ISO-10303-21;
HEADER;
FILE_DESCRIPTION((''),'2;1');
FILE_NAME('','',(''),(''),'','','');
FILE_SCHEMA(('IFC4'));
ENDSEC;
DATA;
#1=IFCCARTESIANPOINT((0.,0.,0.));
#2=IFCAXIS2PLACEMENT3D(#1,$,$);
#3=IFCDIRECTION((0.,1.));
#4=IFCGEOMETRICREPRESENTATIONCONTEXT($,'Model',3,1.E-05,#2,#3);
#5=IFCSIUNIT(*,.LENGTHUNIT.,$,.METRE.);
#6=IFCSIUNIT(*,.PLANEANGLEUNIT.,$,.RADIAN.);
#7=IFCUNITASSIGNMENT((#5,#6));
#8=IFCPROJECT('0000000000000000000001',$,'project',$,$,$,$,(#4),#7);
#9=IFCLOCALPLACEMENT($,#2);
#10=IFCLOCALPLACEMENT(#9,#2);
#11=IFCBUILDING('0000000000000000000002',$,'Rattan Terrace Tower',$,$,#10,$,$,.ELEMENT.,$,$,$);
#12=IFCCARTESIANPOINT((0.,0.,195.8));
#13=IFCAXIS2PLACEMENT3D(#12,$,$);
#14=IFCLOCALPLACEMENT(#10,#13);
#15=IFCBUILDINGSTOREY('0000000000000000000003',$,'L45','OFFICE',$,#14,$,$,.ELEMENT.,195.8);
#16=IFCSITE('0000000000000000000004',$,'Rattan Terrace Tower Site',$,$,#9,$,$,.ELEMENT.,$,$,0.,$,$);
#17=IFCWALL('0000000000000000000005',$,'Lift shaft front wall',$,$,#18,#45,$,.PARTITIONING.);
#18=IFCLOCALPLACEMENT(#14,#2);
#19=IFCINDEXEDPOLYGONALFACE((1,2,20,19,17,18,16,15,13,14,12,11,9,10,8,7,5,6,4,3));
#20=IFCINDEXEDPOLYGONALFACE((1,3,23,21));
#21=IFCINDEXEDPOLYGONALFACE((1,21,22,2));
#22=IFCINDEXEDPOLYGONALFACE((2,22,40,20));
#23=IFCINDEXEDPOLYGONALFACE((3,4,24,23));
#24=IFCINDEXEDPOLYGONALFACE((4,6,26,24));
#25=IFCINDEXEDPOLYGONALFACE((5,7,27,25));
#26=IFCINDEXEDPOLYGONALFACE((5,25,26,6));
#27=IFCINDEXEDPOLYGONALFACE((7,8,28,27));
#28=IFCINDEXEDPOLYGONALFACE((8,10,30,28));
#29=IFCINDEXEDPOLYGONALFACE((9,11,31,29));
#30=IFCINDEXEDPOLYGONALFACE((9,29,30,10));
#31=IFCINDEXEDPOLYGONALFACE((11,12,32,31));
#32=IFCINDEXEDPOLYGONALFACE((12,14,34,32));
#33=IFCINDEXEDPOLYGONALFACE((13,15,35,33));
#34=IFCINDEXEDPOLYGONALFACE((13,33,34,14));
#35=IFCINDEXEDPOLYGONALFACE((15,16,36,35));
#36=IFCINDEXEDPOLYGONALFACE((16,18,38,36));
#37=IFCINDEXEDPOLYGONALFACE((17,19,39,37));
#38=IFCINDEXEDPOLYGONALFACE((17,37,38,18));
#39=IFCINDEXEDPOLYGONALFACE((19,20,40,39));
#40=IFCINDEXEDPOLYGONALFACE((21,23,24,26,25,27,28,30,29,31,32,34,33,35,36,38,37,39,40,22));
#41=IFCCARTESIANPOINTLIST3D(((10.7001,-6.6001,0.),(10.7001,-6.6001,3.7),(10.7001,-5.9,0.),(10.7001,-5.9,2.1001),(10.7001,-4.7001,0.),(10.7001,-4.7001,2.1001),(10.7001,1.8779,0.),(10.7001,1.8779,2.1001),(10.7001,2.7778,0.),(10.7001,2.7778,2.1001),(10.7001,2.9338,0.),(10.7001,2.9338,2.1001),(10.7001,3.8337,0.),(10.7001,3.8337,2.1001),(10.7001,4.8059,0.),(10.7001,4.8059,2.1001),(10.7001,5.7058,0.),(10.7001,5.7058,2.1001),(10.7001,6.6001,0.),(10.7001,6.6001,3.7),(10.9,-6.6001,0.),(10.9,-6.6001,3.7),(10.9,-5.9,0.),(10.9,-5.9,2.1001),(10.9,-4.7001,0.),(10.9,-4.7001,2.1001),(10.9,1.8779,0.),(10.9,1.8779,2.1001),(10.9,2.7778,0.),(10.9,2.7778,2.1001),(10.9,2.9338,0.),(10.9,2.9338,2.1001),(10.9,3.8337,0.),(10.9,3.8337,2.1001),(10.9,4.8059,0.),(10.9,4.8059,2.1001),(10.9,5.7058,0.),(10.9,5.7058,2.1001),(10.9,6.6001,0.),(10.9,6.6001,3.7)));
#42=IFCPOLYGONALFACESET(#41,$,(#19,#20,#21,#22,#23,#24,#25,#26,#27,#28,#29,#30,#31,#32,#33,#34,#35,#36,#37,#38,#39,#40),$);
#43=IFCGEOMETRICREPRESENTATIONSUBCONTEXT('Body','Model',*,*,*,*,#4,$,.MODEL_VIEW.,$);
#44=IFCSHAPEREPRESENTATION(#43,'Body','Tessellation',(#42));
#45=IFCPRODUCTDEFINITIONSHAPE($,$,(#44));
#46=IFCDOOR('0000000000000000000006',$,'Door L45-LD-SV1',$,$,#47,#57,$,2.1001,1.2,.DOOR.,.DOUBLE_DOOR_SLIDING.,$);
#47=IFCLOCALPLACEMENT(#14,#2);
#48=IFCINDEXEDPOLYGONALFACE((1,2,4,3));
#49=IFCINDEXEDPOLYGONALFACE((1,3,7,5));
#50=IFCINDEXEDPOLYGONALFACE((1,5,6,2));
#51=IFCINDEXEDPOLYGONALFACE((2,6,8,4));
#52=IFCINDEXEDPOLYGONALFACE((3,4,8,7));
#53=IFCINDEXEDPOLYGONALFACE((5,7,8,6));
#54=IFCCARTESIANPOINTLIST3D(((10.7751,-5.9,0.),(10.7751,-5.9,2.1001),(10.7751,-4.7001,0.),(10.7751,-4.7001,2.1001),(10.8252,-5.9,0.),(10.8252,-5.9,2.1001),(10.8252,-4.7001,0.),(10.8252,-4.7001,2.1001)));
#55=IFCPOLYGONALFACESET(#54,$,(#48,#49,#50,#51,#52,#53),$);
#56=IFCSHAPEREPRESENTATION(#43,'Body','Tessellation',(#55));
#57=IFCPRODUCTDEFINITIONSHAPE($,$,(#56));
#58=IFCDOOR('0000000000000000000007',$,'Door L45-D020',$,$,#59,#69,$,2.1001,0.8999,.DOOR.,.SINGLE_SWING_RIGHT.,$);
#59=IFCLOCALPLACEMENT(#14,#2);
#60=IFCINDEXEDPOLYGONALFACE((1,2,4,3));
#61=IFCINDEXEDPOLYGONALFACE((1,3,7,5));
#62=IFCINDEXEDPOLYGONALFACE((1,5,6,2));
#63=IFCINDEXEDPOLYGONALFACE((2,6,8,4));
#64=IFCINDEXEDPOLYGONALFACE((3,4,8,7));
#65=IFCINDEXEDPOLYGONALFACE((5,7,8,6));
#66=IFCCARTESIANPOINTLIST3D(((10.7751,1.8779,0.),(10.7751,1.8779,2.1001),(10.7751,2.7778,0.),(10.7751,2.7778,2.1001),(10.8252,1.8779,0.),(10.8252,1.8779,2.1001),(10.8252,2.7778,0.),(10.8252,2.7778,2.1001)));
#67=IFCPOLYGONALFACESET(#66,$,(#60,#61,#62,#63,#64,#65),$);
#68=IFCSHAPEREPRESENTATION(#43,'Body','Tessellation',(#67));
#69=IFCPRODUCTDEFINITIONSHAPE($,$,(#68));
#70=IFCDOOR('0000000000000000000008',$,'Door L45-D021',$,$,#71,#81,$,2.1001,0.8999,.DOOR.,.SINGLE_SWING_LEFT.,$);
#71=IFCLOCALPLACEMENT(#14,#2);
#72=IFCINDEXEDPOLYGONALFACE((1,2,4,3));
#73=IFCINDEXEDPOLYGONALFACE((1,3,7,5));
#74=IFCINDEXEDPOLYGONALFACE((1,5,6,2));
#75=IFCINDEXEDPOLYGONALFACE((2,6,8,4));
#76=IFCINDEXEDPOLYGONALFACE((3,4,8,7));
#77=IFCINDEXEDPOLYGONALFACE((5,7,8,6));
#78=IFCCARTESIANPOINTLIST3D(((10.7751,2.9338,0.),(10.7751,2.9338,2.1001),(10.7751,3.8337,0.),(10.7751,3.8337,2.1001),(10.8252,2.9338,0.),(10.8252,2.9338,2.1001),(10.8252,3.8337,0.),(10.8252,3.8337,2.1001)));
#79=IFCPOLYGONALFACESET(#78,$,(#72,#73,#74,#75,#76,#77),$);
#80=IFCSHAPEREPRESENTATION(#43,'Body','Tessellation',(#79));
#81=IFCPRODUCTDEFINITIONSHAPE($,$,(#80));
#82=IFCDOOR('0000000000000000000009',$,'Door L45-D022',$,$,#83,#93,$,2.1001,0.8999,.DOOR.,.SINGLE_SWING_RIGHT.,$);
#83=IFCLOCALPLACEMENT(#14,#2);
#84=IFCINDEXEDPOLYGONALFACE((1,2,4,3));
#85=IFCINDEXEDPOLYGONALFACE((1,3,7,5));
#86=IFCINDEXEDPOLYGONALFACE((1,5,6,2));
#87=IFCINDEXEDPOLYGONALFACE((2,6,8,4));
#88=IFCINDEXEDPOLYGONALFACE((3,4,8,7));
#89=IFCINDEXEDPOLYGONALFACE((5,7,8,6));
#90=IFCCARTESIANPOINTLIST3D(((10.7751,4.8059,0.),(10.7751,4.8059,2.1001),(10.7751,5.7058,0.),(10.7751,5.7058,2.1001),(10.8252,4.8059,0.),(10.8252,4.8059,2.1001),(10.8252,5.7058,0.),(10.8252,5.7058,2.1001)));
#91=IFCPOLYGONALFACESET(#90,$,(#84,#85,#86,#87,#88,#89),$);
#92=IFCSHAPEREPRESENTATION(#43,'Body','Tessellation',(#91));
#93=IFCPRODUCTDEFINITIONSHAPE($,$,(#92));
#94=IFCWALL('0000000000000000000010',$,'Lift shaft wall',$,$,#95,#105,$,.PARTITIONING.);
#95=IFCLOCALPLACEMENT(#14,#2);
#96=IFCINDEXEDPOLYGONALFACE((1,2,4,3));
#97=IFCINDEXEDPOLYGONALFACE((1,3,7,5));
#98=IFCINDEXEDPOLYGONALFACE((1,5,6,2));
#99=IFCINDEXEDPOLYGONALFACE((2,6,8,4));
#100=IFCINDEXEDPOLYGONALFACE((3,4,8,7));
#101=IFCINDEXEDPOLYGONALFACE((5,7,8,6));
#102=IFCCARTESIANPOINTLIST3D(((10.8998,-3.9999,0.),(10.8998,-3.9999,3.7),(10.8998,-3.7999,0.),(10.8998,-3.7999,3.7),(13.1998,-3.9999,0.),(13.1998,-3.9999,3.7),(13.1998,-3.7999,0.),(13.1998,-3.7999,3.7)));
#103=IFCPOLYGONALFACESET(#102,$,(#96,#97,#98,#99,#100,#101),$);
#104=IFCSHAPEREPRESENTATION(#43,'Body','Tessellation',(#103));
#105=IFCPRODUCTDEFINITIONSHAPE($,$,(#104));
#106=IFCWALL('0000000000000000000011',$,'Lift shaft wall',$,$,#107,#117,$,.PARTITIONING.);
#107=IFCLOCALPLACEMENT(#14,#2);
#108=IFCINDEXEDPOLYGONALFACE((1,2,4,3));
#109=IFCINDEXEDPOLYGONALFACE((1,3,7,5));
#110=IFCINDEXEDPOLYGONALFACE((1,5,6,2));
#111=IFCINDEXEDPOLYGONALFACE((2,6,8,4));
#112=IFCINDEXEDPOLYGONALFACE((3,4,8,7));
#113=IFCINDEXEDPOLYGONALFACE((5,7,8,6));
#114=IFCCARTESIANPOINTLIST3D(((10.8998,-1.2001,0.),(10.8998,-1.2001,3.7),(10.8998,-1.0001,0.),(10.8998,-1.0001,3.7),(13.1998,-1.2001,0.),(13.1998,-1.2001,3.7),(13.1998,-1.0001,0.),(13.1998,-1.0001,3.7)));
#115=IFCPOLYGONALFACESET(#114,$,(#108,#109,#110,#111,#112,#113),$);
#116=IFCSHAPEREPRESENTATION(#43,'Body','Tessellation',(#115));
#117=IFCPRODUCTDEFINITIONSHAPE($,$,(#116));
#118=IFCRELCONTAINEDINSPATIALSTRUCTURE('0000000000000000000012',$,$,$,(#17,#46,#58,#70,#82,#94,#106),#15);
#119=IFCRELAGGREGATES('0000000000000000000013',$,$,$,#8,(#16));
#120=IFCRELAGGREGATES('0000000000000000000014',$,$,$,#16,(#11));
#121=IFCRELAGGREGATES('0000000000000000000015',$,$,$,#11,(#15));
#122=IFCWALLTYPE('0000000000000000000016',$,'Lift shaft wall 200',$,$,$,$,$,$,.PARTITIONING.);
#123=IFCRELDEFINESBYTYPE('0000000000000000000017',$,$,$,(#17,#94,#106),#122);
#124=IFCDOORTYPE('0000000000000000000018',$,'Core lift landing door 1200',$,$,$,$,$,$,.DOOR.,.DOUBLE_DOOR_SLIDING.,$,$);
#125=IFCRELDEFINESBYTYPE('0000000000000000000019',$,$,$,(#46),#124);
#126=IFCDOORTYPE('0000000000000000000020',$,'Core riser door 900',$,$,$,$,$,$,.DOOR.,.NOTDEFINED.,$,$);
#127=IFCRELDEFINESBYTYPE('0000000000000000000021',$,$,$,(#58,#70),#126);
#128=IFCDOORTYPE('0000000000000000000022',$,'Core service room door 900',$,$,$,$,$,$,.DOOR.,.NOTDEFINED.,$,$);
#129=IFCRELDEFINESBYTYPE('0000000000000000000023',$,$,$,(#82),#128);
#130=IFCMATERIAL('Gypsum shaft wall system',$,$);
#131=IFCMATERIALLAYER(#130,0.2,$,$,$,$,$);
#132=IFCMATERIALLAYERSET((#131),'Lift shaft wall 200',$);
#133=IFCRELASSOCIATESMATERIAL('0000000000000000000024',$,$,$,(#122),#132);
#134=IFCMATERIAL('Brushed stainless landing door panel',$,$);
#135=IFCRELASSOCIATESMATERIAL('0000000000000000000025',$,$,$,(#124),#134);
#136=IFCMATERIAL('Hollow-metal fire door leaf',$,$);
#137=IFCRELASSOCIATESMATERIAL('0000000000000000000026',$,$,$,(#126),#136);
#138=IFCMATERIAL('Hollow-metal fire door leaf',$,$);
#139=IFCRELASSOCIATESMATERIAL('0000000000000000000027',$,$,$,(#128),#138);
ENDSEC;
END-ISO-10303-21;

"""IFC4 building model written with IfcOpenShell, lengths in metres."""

from ifc_helpers import new_model, si_unit, direction, frame, frame_2d, origin, place, context, subcontext, project, spatial, rectangle, extrude, material, layer, layer_set, type_object, element, fill, save


model = new_model("IFC4")

# Units and contexts
model_context = context("Model", 3, precision=1e-05, world=origin(), true_north=direction((0.0, 1.0)))
body_context = subcontext(model_context, "Body", "Model", "MODEL_VIEW")
ifc_project = project(units=[si_unit("LENGTHUNIT", "METRE"), si_unit("PLANEANGLEUNIT", "RADIAN")], contexts=[model_context])

# Site, building, storey
site_placement = place(None, origin())
site = spatial("IfcSite", under=ifc_project, at=site_placement, Name="Rattan Terrace Tower Site", CompositionType="ELEMENT", RefElevation=0.0)
building_placement = place(site_placement, origin())
building = spatial("IfcBuilding", under=site, at=building_placement, Name="Rattan Terrace Tower", CompositionType="ELEMENT")
storey_placement = place(building_placement, frame((0.0, 0.0, 195.8)))
storey = spatial("IfcBuildingStorey", under=building, at=storey_placement, Name="L45", Description="OFFICE", CompositionType="ELEMENT", Elevation=195.8)

# Wall, openings, doors
ifc_material_1 = material(Name="Gypsum shaft wall system")
ifc_layer_1 = layer(ifc_material_1, 0.2)
ifc_layer_set_1 = layer_set([ifc_layer_1], Name="Lift shaft wall 200")
wall_type_1 = type_object("IfcWallType", Name="Lift shaft wall 200", PredefinedType="PARTITIONING", material=ifc_layer_set_1)
wall_1_placement = place(storey_placement, frame((10.8, -6.6001, 0.0), z_axis=(0.0, 0.0, 1.0), x_axis=(0.0, 1.0, 0.0)))
wall_1 = element("IfcWall", 1, at=wall_1_placement, inside=storey, type_object=wall_type_1, Name="Lift shaft front wall", PredefinedType="PARTITIONING", context=body_context, shape_type="SweptSolid", body=[
    extrude(rectangle(XDim=13.2002, YDim=0.2, at=frame_2d((6.6001, 0.0))), origin(), (0.0, 0.0, 1.0), 3.7),
])
opening_1_placement = place(wall_1_placement, frame((0.7, 0.0, 0.0)))
opening_1 = element("IfcOpeningElement", 2, at=opening_1_placement, cuts=wall_1, PredefinedType="OPENING", context=body_context, shape_type="SweptSolid", body=[
    extrude(rectangle(XDim=1.2, YDim=2.1001, at=frame_2d((0.6001, 1.05))), frame((0.0, 0.1106, 0.0), z_axis=(0.0, -1.0, 0.0), x_axis=(1.0, 0.0, 0.0)), (0.0, 0.0, 1.0), 0.2209),
])
opening_2_placement = place(wall_1_placement, frame((8.478, 0.0, 0.0)))
opening_2 = element("IfcOpeningElement", 3, at=opening_2_placement, cuts=wall_1, PredefinedType="OPENING", context=body_context, shape_type="SweptSolid", body=[
    extrude(rectangle(XDim=0.8999, YDim=2.1001, at=frame_2d((0.45, 1.05))), frame((0.0, 0.1106, 0.0), z_axis=(0.0, -1.0, 0.0), x_axis=(1.0, 0.0, 0.0)), (0.0, 0.0, 1.0), 0.2209),
])
opening_3_placement = place(wall_1_placement, frame((9.5339, 0.0, 0.0)))
opening_3 = element("IfcOpeningElement", 4, at=opening_3_placement, cuts=wall_1, PredefinedType="OPENING", context=body_context, shape_type="SweptSolid", body=[
    extrude(rectangle(XDim=0.8999, YDim=2.1001, at=frame_2d((0.45, 1.05))), frame((0.0, 0.1106, 0.0), z_axis=(0.0, -1.0, 0.0), x_axis=(1.0, 0.0, 0.0)), (0.0, 0.0, 1.0), 0.2209),
])
opening_4_placement = place(wall_1_placement, frame((11.406, 0.0, 0.0)))
opening_4 = element("IfcOpeningElement", 5, at=opening_4_placement, cuts=wall_1, PredefinedType="OPENING", context=body_context, shape_type="SweptSolid", body=[
    extrude(rectangle(XDim=0.8999, YDim=2.1001, at=frame_2d((0.45, 1.05))), frame((0.0, 0.1106, 0.0), z_axis=(0.0, -1.0, 0.0), x_axis=(1.0, 0.0, 0.0)), (0.0, 0.0, 1.0), 0.2209),
])
ifc_material_2 = material(Name="Brushed stainless landing door panel")
door_type_1 = type_object("IfcDoorType", Name="Core lift landing door 1200", OperationType="DOUBLE_DOOR_SLIDING", PredefinedType="DOOR", material=ifc_material_2)
door_1_placement = place(opening_1_placement, origin())
door_1 = element("IfcDoor", 6, at=door_1_placement, inside=storey, type_object=door_type_1, Name="Door L45-LD-SV1", OperationType="DOUBLE_DOOR_SLIDING", OverallHeight=2.1001, OverallWidth=1.2, PredefinedType="DOOR", context=body_context, shape_type="SweptSolid", body=[
    extrude(rectangle(XDim=1.2, YDim=2.1001, at=frame_2d((0.6001, 1.05))), frame((0.0, 0.0249, 0.0), z_axis=(0.0, -1.0, 0.0), x_axis=(1.0, 0.0, 0.0)), (0.0, 0.0, 1.0), 0.05),
])
fill(opening_1, door_1)
ifc_material_3 = material(Name="Hollow-metal fire door leaf")
door_type_2 = type_object("IfcDoorType", Name="Core riser door 900", OperationType="NOTDEFINED", PredefinedType="DOOR", material=ifc_material_3)
door_2_placement = place(opening_2_placement, origin())
door_2 = element("IfcDoor", 7, at=door_2_placement, inside=storey, type_object=door_type_2, Name="Door L45-D020", OperationType="SINGLE_SWING_RIGHT", OverallHeight=2.1001, OverallWidth=0.8999, PredefinedType="DOOR", context=body_context, shape_type="SweptSolid", body=[
    extrude(rectangle(XDim=0.8999, YDim=2.1001, at=frame_2d((0.45, 1.05))), frame((0.0, 0.0249, 0.0), z_axis=(0.0, -1.0, 0.0), x_axis=(1.0, 0.0, 0.0)), (0.0, 0.0, 1.0), 0.05),
])
fill(opening_2, door_2)
door_3_placement = place(opening_3_placement, origin())
door_3 = element("IfcDoor", 8, at=door_3_placement, inside=storey, type_object=door_type_2, Name="Door L45-D021", OperationType="SINGLE_SWING_LEFT", OverallHeight=2.1001, OverallWidth=0.8999, PredefinedType="DOOR", context=body_context, shape_type="SweptSolid", body=[
    extrude(rectangle(XDim=0.8999, YDim=2.1001, at=frame_2d((0.45, 1.05))), frame((0.0, 0.0249, 0.0), z_axis=(0.0, -1.0, 0.0), x_axis=(1.0, 0.0, 0.0)), (0.0, 0.0, 1.0), 0.05),
])
fill(opening_3, door_3)
ifc_material_4 = material(Name="Hollow-metal fire door leaf")
door_type_3 = type_object("IfcDoorType", Name="Core service room door 900", OperationType="NOTDEFINED", PredefinedType="DOOR", material=ifc_material_4)
door_4_placement = place(opening_4_placement, origin())
door_4 = element("IfcDoor", 9, at=door_4_placement, inside=storey, type_object=door_type_3, Name="Door L45-D022", OperationType="SINGLE_SWING_RIGHT", OverallHeight=2.1001, OverallWidth=0.8999, PredefinedType="DOOR", context=body_context, shape_type="SweptSolid", body=[
    extrude(rectangle(XDim=0.8999, YDim=2.1001, at=frame_2d((0.45, 1.05))), frame((0.0, 0.0249, 0.0), z_axis=(0.0, -1.0, 0.0), x_axis=(1.0, 0.0, 0.0)), (0.0, 0.0, 1.0), 0.05),
])
fill(opening_4, door_4)

# Walls
for number, where, z_axis, x_axis, name in (
    (10, (10.8999, -3.8999, 0.0), (0.0, 0.0, 1.0), (1.0, 0.0, 0.0), "Lift shaft wall"),
    (11, (10.8999, -1.1001, 0.0), (0.0, 0.0, 1.0), (1.0, 0.0, 0.0), "Lift shaft wall"),
):
    element("IfcWall", number, at=place(storey_placement, frame(where, z_axis=z_axis, x_axis=x_axis)), inside=storey, type_object=wall_type_1, Name=name, PredefinedType="PARTITIONING", context=body_context, shape_type="SweptSolid", body=[
        extrude(rectangle(XDim=2.3, YDim=0.2, at=frame_2d((1.1499, 0.0))), origin(), (0.0, 0.0, 1.0), 3.7),
    ])

save(model, "model.ifc")
